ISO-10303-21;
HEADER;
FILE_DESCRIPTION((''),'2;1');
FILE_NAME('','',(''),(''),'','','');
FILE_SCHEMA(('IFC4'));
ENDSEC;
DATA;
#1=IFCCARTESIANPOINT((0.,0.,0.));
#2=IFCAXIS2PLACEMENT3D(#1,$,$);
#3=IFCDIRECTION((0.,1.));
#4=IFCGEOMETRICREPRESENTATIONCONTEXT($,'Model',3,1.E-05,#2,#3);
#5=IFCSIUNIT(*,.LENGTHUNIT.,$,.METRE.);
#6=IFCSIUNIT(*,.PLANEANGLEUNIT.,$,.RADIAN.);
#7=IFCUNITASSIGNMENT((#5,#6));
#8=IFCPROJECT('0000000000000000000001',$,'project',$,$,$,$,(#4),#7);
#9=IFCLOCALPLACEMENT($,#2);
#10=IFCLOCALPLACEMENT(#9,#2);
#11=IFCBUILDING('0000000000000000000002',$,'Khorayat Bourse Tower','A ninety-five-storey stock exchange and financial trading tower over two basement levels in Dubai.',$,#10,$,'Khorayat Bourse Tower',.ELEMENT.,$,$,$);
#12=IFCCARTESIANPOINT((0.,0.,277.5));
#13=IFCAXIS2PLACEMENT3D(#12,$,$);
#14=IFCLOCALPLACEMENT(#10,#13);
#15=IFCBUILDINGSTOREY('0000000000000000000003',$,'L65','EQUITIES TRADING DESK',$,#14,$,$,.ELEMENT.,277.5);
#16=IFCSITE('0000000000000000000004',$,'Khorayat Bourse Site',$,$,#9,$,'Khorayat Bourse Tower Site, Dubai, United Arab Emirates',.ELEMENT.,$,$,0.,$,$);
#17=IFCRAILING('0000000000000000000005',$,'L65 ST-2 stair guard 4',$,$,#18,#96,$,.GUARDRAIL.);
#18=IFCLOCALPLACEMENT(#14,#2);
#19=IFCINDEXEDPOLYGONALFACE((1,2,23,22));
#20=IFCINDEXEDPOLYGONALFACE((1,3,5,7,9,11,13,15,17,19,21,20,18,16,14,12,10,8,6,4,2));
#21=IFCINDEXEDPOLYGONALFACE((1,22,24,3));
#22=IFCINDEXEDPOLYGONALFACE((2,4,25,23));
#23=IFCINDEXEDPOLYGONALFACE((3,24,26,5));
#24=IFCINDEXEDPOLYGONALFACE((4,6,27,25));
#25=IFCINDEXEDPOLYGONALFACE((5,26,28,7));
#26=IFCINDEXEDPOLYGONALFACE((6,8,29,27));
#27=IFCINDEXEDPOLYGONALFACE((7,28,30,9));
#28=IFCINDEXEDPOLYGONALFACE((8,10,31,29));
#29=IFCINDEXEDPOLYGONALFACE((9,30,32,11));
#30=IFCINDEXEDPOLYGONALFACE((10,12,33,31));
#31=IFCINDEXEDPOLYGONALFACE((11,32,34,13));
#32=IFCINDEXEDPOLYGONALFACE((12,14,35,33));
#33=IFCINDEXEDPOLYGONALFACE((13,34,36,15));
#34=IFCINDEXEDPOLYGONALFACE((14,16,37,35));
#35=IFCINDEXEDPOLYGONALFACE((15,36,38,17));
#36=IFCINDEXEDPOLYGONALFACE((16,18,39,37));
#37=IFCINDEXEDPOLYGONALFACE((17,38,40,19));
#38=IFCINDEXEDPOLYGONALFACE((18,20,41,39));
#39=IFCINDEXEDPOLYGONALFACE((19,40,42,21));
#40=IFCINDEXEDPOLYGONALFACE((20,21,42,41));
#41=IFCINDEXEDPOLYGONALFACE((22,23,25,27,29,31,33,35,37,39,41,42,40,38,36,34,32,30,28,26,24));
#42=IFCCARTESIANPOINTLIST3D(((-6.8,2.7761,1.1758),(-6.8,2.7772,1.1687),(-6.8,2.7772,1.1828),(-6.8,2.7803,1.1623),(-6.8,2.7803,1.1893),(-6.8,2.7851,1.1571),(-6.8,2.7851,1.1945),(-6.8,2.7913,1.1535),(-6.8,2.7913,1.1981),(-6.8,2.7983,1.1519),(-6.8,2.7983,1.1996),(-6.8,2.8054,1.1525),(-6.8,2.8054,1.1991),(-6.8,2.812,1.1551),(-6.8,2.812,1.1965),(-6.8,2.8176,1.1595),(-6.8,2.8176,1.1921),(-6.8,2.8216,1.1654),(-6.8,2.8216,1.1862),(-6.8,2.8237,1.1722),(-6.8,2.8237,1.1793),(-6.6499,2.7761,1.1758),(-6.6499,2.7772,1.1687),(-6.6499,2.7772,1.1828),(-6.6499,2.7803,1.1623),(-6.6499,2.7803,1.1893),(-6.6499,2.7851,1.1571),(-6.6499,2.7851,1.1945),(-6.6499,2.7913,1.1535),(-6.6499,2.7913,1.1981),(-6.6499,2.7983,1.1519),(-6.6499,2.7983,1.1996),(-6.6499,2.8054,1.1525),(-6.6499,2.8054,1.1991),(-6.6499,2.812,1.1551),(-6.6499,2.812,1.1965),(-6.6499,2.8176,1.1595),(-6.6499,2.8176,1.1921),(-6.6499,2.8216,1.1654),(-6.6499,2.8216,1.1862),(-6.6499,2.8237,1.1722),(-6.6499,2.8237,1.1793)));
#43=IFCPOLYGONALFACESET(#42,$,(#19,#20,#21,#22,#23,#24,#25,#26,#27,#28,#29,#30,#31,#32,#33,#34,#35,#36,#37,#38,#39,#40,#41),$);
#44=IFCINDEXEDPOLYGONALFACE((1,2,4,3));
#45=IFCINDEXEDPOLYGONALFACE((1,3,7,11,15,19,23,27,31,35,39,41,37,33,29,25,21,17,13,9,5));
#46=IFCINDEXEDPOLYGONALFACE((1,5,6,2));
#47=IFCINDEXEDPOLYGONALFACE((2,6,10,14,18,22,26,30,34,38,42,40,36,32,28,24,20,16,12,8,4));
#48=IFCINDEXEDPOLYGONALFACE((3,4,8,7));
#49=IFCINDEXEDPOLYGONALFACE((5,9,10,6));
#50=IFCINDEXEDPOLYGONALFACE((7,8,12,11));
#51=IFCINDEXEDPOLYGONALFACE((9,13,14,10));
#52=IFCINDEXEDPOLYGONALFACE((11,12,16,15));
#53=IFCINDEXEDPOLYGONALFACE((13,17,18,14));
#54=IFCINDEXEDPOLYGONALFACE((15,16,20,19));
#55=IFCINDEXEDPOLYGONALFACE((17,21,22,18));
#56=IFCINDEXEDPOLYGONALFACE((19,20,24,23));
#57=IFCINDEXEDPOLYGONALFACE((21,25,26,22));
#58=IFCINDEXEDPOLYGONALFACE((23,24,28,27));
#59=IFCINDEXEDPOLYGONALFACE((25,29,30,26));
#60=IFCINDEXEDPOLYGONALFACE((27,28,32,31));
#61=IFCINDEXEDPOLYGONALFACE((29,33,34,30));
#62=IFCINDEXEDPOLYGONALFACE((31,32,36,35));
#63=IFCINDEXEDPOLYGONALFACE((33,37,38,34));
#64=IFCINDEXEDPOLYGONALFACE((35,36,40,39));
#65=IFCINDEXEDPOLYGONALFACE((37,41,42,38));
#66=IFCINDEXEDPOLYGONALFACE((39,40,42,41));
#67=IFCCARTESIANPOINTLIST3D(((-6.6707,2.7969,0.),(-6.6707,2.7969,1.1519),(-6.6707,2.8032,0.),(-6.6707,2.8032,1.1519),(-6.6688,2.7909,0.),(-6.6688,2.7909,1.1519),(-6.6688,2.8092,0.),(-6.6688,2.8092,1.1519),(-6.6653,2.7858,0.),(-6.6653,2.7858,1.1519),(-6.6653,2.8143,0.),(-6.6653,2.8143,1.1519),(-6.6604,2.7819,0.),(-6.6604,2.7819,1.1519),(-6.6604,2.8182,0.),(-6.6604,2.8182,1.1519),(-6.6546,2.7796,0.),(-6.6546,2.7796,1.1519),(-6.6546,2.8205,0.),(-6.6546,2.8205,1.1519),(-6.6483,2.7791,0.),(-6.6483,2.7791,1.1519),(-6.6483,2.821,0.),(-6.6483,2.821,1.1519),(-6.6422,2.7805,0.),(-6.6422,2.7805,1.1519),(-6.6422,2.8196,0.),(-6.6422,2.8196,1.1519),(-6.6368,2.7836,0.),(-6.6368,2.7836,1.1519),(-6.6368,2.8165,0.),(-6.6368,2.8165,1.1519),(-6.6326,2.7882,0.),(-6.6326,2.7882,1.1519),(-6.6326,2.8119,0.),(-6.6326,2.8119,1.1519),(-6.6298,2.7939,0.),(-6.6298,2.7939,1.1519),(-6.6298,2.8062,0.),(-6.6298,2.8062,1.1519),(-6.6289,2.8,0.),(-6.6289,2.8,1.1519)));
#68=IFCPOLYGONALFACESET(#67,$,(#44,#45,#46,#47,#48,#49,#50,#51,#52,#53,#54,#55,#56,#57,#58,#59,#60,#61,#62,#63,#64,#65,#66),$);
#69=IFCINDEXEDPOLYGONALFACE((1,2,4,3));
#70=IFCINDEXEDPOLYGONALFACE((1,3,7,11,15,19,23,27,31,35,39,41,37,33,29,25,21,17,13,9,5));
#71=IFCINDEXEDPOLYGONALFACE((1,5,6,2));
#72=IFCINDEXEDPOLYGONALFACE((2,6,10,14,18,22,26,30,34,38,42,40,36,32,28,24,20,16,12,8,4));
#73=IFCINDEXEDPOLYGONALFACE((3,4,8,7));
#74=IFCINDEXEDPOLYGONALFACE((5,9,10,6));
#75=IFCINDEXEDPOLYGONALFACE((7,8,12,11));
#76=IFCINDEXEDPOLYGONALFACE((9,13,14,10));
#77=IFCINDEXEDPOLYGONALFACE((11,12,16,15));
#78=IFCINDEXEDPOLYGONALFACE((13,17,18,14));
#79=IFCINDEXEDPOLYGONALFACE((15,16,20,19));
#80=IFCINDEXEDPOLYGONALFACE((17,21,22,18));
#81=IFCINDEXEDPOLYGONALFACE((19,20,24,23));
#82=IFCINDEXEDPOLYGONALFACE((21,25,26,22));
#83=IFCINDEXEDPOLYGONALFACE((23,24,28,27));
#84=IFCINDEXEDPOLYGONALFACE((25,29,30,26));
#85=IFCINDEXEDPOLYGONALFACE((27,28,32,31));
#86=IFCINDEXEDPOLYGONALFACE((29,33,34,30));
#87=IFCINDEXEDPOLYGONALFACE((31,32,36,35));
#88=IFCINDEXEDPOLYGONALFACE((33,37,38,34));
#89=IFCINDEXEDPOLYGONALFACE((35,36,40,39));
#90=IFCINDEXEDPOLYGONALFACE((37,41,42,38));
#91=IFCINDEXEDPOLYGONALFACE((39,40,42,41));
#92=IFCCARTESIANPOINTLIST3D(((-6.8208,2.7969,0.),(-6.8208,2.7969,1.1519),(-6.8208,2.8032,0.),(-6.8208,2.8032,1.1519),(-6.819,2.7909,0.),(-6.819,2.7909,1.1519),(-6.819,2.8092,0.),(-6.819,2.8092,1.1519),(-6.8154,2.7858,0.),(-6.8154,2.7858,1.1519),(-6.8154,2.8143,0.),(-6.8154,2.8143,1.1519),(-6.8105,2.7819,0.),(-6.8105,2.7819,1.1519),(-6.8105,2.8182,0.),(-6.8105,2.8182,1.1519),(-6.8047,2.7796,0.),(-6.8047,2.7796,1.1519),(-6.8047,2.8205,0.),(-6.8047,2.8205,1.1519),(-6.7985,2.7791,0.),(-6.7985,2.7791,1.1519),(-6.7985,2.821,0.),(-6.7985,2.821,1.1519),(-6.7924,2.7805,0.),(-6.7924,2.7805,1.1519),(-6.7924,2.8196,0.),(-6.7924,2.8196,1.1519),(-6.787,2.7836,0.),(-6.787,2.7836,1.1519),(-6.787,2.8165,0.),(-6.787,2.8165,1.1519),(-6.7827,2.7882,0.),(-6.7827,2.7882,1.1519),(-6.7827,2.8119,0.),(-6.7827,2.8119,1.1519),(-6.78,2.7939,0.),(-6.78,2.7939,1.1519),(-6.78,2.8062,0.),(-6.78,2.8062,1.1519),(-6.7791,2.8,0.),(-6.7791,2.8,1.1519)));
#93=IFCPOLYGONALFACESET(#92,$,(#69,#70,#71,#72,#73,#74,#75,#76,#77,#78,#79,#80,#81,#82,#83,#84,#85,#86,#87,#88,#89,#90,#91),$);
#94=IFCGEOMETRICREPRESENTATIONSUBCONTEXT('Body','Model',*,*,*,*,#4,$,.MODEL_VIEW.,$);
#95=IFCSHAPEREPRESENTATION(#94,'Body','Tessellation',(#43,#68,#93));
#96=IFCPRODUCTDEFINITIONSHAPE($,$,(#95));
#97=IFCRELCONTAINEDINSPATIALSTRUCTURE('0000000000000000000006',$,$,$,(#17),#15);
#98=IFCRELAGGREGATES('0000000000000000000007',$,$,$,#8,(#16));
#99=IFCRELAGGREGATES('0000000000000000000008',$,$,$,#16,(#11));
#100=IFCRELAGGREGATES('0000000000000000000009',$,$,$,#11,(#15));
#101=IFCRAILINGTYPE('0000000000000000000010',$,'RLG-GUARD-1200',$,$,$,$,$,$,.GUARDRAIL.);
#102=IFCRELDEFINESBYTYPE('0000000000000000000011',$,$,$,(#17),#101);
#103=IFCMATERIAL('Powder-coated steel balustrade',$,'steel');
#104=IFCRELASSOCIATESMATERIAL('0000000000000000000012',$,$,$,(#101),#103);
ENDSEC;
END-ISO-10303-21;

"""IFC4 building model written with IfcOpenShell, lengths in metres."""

from ifc_helpers import new_model, si_unit, direction, frame, origin, origin_2d, place, context, subcontext, project, spatial, circle, extrude, source, transform, mapped, material, type_object, element, save


model = new_model("IFC4")

# Units and contexts
model_context = context("Model", 3, precision=1e-05, world=origin(), true_north=direction((0.0, 1.0)))
body_context = subcontext(model_context, "Body", "Model", "MODEL_VIEW")
ifc_project = project(units=[si_unit("LENGTHUNIT", "METRE"), si_unit("PLANEANGLEUNIT", "RADIAN")], contexts=[model_context])

# Site, building, storey
site_placement = place(None, origin())
site = spatial("IfcSite", under=ifc_project, at=site_placement, Name="Khorayat Bourse Site", LongName="Khorayat Bourse Tower Site, Dubai, United Arab Emirates", CompositionType="ELEMENT", RefElevation=0.0)
building_placement = place(site_placement, origin())
building = spatial("IfcBuilding", under=site, at=building_placement, Name="Khorayat Bourse Tower", Description="A ninety-five-storey stock exchange and financial trading tower over two basement levels in Dubai.", LongName="Khorayat Bourse Tower", CompositionType="ELEMENT")
storey_placement = place(building_placement, frame((0.0, 0.0, 277.5)))
storey = spatial("IfcBuildingStorey", under=building, at=storey_placement, Name="L65", Description="EQUITIES TRADING DESK", CompositionType="ELEMENT", Elevation=277.5)

# Railing
ifc_material_1 = material(Name="Powder-coated steel balustrade", Category="steel")
railing_type_1 = type_object("IfcRailingType", Name="RLG-GUARD-1200", PredefinedType="GUARDRAIL", material=ifc_material_1)
shared_shape_1 = source(origin(), body_context, "Body", "SweptSolid", [
    extrude(circle(Radius=0.0239, at=origin_2d()), frame((0.0, 0.0, 1.1758), z_axis=(-1.0, 0.0, 0.0), x_axis=(0.0, -1.0, 0.0)), (0.0, 0.0, 1.0), 0.1501),
    extrude(circle(Radius=0.021, at=origin_2d()), origin(), (0.0, 0.0, 1.0), 1.1519),
    extrude(circle(Radius=0.021, at=origin_2d()), frame((-0.1501, 0.0, 0.0)), (0.0, 0.0, 1.0), 1.1519),
])
for number, where, name in (
    (1, (-6.6499, 2.8, 0.0), "L65 ST-2 stair guard 4"),
):
    element("IfcRailing", number, at=place(storey_placement, frame(where)), inside=storey, type_object=railing_type_1, Name=name, PredefinedType="GUARDRAIL", context=body_context, shape_type="MappedRepresentation", body=[
        mapped(shared_shape_1, transform((0.0, 0.0, 0.0), scale=1.0)),
    ])

save(model, "model.ifc")
